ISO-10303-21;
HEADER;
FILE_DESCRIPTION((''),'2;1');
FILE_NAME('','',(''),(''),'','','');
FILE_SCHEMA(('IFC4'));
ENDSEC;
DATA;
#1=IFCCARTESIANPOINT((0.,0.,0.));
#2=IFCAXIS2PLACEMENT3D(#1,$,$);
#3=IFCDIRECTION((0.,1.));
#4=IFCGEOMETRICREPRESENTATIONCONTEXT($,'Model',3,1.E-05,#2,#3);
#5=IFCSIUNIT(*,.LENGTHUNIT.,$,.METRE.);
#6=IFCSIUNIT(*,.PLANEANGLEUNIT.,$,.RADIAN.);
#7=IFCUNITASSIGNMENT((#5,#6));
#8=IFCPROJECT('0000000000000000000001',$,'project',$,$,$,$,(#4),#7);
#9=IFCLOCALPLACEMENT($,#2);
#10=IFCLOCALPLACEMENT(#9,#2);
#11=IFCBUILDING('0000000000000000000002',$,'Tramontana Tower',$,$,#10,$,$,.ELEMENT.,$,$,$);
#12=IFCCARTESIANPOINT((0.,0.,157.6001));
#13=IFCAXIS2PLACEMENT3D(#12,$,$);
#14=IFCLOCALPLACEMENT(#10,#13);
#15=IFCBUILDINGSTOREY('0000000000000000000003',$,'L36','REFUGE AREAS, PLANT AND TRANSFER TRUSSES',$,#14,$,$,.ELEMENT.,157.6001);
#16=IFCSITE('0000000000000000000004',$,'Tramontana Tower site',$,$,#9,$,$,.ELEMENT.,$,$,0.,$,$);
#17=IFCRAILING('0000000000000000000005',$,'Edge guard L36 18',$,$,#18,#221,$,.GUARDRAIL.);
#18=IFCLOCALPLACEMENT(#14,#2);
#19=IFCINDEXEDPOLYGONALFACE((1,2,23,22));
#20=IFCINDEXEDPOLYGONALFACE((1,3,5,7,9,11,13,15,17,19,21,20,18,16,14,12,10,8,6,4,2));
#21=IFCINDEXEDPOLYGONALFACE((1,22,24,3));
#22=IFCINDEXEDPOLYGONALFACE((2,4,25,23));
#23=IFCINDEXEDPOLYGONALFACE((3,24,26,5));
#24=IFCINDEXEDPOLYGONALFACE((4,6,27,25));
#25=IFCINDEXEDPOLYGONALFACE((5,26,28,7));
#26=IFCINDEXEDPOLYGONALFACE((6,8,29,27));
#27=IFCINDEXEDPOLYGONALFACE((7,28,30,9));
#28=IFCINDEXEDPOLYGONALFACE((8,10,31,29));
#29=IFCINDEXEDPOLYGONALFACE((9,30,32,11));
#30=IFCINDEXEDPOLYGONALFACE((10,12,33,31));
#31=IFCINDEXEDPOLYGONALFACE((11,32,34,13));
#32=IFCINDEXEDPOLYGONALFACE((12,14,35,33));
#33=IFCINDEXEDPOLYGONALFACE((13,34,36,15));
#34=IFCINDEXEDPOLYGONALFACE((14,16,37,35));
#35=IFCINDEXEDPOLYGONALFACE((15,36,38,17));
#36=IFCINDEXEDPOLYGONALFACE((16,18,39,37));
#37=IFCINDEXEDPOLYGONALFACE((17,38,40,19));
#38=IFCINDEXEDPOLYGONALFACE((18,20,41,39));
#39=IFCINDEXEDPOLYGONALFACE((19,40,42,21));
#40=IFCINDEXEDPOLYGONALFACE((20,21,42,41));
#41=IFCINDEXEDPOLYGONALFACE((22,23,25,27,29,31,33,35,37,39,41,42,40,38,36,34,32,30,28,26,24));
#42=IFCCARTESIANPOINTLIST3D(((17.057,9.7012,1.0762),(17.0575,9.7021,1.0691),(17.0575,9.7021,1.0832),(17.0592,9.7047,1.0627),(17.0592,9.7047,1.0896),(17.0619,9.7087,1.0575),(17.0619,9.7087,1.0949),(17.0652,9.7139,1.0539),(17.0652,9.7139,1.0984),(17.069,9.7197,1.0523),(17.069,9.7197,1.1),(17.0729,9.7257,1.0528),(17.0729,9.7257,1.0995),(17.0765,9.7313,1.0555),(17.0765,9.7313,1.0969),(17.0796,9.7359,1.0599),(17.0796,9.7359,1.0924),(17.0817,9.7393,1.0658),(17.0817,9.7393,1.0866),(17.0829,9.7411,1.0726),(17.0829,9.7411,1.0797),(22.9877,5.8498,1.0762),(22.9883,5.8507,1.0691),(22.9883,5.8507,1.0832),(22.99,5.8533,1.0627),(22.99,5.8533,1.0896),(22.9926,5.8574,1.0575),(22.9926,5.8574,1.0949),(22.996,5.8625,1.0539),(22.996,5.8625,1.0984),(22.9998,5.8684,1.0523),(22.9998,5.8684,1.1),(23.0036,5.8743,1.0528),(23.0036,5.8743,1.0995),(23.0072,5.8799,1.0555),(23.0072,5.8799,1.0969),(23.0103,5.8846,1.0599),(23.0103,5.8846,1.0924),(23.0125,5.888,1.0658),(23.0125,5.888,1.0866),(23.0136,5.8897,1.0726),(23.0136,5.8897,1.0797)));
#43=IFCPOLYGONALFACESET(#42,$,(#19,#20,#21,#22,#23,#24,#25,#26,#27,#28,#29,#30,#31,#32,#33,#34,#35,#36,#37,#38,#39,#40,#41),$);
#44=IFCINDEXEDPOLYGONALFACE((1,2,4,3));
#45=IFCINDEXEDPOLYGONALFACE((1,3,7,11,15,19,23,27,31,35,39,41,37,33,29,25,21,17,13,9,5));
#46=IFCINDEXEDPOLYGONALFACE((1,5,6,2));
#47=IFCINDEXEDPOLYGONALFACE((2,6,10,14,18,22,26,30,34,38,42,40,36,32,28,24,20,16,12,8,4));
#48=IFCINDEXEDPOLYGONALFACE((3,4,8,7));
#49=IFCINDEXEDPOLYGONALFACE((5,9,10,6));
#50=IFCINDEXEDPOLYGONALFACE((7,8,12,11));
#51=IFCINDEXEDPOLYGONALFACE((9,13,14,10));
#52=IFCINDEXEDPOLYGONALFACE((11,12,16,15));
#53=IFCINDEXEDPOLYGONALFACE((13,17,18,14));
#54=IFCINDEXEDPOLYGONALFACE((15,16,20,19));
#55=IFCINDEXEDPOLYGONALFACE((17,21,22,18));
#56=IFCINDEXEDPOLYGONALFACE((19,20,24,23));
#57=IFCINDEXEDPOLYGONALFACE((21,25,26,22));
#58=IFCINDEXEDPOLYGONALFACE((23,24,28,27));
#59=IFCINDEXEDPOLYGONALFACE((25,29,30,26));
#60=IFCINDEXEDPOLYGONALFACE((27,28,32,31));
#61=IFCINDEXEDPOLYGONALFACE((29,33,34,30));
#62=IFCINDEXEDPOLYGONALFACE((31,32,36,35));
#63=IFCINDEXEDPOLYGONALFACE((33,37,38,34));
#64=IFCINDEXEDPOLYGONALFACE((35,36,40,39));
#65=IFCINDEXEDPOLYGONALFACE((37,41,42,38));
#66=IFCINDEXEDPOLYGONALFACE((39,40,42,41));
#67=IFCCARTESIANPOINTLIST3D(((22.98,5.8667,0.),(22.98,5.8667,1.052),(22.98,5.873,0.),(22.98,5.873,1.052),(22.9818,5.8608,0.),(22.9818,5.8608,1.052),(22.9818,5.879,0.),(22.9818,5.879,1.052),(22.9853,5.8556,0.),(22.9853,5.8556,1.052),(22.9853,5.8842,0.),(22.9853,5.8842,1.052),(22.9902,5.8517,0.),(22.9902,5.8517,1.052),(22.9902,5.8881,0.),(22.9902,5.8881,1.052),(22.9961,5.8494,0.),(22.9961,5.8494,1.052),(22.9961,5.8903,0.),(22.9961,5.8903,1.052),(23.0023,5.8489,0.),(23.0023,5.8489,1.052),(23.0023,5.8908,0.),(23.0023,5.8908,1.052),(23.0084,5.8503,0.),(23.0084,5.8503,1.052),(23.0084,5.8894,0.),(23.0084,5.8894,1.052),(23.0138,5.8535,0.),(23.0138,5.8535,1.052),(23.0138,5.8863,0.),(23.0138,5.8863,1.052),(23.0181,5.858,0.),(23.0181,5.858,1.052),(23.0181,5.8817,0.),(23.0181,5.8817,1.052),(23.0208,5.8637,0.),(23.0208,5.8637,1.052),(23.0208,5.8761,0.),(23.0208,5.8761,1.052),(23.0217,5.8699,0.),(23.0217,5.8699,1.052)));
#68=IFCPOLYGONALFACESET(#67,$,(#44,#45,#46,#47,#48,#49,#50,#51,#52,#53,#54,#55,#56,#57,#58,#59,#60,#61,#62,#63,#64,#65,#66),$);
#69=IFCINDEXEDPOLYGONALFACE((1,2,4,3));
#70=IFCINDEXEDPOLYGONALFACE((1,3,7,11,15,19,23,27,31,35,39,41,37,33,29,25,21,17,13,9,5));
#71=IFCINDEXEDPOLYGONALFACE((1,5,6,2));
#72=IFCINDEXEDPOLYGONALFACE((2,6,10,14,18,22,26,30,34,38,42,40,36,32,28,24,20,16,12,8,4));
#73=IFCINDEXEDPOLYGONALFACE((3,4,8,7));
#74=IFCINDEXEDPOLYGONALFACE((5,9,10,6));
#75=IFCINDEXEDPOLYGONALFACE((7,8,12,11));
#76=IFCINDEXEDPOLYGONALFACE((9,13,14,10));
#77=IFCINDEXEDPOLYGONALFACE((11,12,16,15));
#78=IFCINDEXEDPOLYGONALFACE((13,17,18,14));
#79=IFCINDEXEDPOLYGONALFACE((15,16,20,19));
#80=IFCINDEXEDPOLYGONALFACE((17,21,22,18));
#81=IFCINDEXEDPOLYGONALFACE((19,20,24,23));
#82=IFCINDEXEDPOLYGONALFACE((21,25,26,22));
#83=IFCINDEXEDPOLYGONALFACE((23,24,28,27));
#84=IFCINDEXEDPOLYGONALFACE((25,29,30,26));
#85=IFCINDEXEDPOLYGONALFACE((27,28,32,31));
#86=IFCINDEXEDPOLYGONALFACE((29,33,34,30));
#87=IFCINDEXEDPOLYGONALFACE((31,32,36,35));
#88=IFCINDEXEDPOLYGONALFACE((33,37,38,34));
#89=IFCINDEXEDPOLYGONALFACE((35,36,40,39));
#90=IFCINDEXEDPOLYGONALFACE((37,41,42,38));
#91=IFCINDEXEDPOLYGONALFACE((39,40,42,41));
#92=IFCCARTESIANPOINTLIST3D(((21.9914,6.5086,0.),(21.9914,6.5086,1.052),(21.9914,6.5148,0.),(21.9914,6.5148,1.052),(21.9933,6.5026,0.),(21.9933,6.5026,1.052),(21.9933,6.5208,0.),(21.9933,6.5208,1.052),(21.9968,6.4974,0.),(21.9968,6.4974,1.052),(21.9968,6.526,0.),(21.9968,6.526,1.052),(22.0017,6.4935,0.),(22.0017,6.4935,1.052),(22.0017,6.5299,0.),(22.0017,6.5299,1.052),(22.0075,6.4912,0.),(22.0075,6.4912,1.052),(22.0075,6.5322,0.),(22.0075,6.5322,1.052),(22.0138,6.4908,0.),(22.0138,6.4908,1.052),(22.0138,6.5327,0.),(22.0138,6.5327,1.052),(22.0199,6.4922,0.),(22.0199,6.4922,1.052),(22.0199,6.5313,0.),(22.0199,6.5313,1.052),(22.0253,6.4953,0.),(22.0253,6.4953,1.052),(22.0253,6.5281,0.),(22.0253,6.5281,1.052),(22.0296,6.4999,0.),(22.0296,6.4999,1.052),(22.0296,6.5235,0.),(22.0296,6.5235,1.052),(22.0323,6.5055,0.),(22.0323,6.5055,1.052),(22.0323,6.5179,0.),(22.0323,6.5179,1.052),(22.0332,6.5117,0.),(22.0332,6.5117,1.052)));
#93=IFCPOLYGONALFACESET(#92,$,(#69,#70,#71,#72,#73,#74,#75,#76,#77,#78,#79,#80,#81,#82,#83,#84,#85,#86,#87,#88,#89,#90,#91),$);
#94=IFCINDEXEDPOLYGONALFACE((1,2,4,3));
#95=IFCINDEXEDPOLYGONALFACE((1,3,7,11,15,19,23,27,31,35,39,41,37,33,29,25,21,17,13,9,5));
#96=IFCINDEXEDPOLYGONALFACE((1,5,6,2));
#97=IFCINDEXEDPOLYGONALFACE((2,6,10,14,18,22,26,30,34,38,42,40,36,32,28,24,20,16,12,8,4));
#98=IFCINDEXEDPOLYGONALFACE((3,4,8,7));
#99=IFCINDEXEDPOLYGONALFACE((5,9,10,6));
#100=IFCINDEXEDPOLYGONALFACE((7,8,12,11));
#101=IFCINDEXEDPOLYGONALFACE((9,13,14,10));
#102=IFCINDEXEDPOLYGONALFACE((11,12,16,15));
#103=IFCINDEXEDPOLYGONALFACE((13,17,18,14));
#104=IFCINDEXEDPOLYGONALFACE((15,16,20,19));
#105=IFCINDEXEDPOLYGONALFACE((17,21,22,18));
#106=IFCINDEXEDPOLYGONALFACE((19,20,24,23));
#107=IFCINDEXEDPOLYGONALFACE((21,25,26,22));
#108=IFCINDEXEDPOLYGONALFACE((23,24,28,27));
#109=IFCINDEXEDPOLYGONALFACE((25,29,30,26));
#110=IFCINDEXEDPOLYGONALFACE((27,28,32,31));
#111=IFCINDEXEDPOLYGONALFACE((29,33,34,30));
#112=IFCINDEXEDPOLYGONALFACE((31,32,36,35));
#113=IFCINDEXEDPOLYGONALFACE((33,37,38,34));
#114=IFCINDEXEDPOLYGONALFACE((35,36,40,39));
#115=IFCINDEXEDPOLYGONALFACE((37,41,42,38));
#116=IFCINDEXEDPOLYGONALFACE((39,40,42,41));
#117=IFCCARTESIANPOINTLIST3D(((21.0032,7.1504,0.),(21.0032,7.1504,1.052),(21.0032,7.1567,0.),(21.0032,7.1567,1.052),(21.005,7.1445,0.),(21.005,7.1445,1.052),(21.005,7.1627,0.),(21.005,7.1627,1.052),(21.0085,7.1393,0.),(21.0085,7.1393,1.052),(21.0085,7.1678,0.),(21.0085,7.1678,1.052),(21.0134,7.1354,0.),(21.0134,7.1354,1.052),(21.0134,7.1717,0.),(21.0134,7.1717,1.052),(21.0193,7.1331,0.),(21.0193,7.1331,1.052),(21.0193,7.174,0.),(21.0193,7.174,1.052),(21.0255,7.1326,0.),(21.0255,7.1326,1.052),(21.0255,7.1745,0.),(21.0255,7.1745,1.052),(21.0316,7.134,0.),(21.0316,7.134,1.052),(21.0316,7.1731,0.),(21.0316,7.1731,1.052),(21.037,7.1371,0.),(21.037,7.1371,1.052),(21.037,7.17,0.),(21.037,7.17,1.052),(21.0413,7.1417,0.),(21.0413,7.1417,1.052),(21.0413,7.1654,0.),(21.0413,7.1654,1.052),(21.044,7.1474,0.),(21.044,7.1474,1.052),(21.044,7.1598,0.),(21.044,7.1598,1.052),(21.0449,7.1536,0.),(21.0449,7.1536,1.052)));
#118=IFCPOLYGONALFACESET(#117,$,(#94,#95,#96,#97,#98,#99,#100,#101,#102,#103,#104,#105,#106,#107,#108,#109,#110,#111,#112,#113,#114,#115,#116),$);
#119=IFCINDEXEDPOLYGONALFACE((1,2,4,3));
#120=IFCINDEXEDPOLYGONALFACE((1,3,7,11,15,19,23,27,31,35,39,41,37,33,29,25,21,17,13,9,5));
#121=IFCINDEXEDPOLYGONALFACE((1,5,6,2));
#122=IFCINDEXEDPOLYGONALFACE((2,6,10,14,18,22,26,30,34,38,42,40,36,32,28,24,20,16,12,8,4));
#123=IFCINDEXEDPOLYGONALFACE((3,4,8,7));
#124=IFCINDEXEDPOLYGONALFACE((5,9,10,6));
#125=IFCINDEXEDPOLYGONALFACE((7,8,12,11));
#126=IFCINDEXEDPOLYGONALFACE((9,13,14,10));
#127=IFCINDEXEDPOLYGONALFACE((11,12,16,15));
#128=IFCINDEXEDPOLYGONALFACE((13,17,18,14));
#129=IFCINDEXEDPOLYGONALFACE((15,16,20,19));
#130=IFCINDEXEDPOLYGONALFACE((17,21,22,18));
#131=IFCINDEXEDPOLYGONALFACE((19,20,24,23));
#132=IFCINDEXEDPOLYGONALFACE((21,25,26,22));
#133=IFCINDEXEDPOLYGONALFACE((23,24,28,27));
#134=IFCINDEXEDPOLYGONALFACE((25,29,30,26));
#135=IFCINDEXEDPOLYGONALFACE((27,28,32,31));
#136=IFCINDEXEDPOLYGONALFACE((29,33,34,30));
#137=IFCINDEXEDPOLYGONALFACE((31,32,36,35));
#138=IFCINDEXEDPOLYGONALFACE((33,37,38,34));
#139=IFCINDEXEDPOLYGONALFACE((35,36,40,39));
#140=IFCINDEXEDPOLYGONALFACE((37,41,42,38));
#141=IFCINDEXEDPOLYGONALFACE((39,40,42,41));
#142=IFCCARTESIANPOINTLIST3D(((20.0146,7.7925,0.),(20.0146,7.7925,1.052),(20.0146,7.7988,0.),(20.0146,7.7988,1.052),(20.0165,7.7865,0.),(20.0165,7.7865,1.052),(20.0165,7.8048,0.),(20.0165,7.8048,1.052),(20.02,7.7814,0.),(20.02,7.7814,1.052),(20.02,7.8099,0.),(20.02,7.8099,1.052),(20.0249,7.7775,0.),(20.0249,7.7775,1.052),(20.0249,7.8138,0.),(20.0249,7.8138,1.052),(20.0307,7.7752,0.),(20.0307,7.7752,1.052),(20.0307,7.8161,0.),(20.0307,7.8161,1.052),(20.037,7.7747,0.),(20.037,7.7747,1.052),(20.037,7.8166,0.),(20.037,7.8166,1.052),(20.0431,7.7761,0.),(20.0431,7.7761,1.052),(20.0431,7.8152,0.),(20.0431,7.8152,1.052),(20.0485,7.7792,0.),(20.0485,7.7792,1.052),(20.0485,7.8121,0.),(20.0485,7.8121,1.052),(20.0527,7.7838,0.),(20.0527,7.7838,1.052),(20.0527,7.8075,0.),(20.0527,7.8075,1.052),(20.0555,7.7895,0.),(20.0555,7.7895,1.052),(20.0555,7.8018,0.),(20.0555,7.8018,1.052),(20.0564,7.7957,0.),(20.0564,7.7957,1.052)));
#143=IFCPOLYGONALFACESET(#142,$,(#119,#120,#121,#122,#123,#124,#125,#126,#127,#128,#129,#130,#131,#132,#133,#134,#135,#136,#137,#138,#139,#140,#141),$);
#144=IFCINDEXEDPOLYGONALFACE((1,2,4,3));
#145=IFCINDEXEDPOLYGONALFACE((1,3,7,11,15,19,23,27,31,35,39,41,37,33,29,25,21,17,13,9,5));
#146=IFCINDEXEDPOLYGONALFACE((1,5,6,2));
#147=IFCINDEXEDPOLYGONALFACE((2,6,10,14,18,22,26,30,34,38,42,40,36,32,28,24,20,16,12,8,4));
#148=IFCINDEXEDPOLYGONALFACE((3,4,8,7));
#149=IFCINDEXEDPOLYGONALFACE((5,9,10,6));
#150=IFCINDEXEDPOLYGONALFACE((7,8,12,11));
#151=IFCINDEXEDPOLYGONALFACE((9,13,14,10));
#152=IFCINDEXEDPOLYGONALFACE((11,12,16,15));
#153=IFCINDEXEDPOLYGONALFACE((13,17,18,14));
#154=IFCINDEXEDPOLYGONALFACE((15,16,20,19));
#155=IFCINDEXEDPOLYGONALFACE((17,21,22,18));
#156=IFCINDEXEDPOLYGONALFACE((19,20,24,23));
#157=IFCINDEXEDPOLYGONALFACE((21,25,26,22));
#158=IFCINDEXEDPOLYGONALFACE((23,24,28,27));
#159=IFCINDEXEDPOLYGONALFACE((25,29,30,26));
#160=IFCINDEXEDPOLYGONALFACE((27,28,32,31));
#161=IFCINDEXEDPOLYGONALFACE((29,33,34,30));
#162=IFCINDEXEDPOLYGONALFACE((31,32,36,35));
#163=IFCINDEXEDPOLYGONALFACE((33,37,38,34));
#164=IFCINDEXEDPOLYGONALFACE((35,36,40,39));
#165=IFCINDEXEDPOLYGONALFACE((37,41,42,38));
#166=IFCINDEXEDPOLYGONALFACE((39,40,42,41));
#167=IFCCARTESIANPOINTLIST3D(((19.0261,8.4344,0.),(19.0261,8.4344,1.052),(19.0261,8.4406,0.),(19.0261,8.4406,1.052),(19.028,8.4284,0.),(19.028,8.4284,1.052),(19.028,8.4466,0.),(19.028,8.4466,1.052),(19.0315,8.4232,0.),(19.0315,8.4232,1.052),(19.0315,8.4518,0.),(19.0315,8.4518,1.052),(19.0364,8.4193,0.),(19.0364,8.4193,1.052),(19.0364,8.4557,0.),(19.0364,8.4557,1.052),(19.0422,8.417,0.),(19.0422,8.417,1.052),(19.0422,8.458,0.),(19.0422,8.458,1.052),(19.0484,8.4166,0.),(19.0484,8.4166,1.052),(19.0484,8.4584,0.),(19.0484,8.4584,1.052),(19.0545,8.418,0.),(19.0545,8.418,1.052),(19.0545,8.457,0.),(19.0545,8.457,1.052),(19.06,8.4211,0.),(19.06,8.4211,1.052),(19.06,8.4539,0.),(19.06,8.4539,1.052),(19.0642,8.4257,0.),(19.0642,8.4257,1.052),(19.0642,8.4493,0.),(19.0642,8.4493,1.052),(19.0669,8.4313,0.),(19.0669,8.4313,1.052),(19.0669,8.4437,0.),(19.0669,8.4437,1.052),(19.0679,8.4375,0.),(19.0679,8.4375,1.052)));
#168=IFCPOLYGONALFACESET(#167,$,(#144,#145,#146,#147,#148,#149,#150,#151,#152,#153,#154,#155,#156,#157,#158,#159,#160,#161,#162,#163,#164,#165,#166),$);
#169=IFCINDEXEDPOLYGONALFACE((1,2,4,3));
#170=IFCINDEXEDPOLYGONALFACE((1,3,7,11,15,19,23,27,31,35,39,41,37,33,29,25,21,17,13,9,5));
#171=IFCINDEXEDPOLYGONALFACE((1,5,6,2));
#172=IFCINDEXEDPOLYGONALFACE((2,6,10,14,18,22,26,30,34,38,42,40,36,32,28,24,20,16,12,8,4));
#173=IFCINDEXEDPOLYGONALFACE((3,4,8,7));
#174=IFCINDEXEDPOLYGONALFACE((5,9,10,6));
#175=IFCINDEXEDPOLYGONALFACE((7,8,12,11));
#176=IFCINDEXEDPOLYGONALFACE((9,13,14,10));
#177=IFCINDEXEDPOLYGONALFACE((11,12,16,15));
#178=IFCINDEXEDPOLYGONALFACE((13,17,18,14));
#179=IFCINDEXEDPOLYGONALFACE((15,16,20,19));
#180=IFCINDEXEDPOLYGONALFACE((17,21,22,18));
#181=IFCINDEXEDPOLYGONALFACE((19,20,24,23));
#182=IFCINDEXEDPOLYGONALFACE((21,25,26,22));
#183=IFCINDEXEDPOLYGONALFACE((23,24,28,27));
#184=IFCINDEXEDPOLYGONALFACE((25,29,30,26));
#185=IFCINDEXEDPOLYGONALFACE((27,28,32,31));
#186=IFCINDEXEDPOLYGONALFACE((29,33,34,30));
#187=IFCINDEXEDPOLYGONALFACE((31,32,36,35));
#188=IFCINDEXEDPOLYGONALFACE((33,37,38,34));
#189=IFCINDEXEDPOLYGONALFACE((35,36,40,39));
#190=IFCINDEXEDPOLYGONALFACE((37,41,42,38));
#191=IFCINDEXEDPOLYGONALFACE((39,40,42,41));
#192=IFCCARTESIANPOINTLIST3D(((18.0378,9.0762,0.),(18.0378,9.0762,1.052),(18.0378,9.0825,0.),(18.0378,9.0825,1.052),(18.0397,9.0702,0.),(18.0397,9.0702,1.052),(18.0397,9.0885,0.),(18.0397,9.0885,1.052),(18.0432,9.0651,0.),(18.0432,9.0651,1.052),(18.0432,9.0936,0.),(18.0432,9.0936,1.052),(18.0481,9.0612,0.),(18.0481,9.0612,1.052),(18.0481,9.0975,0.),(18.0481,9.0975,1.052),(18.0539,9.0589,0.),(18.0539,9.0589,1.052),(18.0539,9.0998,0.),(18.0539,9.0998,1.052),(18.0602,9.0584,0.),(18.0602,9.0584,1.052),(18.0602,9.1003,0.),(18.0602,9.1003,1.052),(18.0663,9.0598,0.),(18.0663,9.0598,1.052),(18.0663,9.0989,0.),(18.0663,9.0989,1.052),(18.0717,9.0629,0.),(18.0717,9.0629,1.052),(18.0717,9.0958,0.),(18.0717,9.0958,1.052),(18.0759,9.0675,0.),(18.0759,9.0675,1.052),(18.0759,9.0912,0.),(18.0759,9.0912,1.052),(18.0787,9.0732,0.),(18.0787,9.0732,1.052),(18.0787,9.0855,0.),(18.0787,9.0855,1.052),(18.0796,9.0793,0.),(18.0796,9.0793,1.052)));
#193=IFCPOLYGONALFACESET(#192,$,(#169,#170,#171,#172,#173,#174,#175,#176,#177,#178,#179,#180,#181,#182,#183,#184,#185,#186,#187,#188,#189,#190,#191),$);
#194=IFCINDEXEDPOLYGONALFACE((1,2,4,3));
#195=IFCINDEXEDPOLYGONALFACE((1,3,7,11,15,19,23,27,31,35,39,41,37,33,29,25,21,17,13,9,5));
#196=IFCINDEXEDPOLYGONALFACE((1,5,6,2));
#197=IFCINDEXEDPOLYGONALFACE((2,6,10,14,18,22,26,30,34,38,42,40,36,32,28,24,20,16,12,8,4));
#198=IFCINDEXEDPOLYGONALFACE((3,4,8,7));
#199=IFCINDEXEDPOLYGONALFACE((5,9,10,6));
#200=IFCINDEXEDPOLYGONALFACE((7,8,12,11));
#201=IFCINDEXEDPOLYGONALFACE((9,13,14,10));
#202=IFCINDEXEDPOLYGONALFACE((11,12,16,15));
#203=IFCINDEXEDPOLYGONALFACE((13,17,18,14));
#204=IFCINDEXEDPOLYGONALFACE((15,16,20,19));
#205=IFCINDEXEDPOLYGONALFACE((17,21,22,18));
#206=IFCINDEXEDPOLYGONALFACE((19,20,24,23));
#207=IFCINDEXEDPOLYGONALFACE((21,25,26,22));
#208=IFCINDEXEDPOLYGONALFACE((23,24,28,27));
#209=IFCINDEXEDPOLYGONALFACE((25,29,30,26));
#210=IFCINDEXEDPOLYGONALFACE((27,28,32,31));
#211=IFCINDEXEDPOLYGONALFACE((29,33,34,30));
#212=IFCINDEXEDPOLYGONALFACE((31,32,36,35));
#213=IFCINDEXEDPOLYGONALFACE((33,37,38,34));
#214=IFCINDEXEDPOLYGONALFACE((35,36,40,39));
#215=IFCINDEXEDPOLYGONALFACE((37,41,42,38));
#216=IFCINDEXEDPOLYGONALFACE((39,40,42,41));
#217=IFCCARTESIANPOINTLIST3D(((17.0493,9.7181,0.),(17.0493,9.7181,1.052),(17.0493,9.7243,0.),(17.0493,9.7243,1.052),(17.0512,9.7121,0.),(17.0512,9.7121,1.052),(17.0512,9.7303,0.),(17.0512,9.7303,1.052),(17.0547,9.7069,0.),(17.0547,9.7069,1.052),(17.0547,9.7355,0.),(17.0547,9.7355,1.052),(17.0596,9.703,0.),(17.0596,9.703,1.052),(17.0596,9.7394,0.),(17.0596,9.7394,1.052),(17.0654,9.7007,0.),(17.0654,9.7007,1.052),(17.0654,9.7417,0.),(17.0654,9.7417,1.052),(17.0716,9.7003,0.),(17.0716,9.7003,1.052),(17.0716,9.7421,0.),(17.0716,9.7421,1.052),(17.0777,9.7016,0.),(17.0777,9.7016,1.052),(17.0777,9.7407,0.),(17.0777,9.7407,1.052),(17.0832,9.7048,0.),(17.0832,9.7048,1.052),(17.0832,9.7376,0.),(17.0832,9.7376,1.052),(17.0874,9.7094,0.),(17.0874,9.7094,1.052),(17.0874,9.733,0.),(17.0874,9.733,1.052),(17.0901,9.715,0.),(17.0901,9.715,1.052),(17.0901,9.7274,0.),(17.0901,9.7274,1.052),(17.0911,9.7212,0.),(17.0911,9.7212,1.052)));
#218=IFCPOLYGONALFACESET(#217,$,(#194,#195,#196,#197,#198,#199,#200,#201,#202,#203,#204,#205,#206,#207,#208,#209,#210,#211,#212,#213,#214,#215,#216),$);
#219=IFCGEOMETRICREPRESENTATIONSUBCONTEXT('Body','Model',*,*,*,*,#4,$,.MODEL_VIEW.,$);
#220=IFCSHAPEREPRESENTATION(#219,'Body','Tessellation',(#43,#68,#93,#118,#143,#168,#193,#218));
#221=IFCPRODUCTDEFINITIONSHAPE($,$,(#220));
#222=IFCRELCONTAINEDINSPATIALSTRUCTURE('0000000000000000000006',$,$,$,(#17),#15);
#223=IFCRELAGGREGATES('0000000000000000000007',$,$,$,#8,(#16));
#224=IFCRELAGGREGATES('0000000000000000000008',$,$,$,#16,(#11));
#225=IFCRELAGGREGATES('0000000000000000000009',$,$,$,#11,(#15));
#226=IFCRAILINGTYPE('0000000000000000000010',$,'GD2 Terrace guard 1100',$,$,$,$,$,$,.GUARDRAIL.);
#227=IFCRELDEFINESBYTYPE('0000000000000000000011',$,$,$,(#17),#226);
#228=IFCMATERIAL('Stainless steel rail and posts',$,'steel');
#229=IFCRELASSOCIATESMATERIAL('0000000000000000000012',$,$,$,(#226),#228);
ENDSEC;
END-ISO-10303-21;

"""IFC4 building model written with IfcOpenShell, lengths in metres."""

from ifc_helpers import new_model, si_unit, direction, frame, origin, origin_2d, place, context, subcontext, project, spatial, circle, extrude, material, type_object, element, save


model = new_model("IFC4")

# Units and contexts
model_context = context("Model", 3, precision=1e-05, world=origin(), true_north=direction((0.0, 1.0)))
body_context = subcontext(model_context, "Body", "Model", "MODEL_VIEW")
ifc_project = project(units=[si_unit("LENGTHUNIT", "METRE"), si_unit("PLANEANGLEUNIT", "RADIAN")], contexts=[model_context])

# Site, building, storey
site_placement = place(None, origin())
site = spatial("IfcSite", under=ifc_project, at=site_placement, Name="Tramontana Tower site", CompositionType="ELEMENT", RefElevation=0.0)
building_placement = place(site_placement, origin())
building = spatial("IfcBuilding", under=site, at=building_placement, Name="Tramontana Tower", CompositionType="ELEMENT")
storey_placement = place(building_placement, frame((0.0, 0.0, 157.6001)))
storey = spatial("IfcBuildingStorey", under=building, at=storey_placement, Name="L36", Description="REFUGE AREAS, PLANT AND TRANSFER TRUSSES", CompositionType="ELEMENT", Elevation=157.6001)

# Railing
ifc_material_1 = material(Name="Stainless steel rail and posts", Category="steel")
railing_type = type_object("IfcRailingType", Name="GD2 Terrace guard 1100", PredefinedType="GUARDRAIL", material=ifc_material_1)
railing_1_placement = place(storey_placement, frame((23.0007, 5.8699, 0.0)))
element("IfcRailing", 1, at=railing_1_placement, inside=storey, type_object=railing_type, Name="Edge guard L36 18", PredefinedType="GUARDRAIL", context=body_context, shape_type="SweptSolid", body=[
    extrude(circle(Radius=0.0239, at=origin_2d()), frame((0.0, 0.0, 1.0762), z_axis=(-0.838677, 0.544629, 0.0), x_axis=(-0.544629, -0.838677, 0.0)), (0.0, 0.0, 1.0), 7.0715),
    extrude(circle(Radius=0.021, at=origin_2d()), origin(), (0.0, 0.0, 1.0), 1.052),
    extrude(circle(Radius=0.021, at=origin_2d()), frame((-0.9885, 0.6418, 0.0)), (0.0, 0.0, 1.0), 1.052),
    extrude(circle(Radius=0.021, at=origin_2d()), frame((-1.9768, 1.2837, 0.0)), (0.0, 0.0, 1.0), 1.052),
    extrude(circle(Radius=0.021, at=origin_2d()), frame((-2.9653, 1.9258, 0.0)), (0.0, 0.0, 1.0), 1.052),
    extrude(circle(Radius=0.021, at=origin_2d()), frame((-3.9539, 2.5676, 0.0)), (0.0, 0.0, 1.0), 1.052),
    extrude(circle(Radius=0.021, at=origin_2d()), frame((-4.9421, 3.2095, 0.0)), (0.0, 0.0, 1.0), 1.052),
    extrude(circle(Radius=0.021, at=origin_2d()), frame((-5.9307, 3.8513, 0.0)), (0.0, 0.0, 1.0), 1.052),
])

save(model, "model.ifc")
